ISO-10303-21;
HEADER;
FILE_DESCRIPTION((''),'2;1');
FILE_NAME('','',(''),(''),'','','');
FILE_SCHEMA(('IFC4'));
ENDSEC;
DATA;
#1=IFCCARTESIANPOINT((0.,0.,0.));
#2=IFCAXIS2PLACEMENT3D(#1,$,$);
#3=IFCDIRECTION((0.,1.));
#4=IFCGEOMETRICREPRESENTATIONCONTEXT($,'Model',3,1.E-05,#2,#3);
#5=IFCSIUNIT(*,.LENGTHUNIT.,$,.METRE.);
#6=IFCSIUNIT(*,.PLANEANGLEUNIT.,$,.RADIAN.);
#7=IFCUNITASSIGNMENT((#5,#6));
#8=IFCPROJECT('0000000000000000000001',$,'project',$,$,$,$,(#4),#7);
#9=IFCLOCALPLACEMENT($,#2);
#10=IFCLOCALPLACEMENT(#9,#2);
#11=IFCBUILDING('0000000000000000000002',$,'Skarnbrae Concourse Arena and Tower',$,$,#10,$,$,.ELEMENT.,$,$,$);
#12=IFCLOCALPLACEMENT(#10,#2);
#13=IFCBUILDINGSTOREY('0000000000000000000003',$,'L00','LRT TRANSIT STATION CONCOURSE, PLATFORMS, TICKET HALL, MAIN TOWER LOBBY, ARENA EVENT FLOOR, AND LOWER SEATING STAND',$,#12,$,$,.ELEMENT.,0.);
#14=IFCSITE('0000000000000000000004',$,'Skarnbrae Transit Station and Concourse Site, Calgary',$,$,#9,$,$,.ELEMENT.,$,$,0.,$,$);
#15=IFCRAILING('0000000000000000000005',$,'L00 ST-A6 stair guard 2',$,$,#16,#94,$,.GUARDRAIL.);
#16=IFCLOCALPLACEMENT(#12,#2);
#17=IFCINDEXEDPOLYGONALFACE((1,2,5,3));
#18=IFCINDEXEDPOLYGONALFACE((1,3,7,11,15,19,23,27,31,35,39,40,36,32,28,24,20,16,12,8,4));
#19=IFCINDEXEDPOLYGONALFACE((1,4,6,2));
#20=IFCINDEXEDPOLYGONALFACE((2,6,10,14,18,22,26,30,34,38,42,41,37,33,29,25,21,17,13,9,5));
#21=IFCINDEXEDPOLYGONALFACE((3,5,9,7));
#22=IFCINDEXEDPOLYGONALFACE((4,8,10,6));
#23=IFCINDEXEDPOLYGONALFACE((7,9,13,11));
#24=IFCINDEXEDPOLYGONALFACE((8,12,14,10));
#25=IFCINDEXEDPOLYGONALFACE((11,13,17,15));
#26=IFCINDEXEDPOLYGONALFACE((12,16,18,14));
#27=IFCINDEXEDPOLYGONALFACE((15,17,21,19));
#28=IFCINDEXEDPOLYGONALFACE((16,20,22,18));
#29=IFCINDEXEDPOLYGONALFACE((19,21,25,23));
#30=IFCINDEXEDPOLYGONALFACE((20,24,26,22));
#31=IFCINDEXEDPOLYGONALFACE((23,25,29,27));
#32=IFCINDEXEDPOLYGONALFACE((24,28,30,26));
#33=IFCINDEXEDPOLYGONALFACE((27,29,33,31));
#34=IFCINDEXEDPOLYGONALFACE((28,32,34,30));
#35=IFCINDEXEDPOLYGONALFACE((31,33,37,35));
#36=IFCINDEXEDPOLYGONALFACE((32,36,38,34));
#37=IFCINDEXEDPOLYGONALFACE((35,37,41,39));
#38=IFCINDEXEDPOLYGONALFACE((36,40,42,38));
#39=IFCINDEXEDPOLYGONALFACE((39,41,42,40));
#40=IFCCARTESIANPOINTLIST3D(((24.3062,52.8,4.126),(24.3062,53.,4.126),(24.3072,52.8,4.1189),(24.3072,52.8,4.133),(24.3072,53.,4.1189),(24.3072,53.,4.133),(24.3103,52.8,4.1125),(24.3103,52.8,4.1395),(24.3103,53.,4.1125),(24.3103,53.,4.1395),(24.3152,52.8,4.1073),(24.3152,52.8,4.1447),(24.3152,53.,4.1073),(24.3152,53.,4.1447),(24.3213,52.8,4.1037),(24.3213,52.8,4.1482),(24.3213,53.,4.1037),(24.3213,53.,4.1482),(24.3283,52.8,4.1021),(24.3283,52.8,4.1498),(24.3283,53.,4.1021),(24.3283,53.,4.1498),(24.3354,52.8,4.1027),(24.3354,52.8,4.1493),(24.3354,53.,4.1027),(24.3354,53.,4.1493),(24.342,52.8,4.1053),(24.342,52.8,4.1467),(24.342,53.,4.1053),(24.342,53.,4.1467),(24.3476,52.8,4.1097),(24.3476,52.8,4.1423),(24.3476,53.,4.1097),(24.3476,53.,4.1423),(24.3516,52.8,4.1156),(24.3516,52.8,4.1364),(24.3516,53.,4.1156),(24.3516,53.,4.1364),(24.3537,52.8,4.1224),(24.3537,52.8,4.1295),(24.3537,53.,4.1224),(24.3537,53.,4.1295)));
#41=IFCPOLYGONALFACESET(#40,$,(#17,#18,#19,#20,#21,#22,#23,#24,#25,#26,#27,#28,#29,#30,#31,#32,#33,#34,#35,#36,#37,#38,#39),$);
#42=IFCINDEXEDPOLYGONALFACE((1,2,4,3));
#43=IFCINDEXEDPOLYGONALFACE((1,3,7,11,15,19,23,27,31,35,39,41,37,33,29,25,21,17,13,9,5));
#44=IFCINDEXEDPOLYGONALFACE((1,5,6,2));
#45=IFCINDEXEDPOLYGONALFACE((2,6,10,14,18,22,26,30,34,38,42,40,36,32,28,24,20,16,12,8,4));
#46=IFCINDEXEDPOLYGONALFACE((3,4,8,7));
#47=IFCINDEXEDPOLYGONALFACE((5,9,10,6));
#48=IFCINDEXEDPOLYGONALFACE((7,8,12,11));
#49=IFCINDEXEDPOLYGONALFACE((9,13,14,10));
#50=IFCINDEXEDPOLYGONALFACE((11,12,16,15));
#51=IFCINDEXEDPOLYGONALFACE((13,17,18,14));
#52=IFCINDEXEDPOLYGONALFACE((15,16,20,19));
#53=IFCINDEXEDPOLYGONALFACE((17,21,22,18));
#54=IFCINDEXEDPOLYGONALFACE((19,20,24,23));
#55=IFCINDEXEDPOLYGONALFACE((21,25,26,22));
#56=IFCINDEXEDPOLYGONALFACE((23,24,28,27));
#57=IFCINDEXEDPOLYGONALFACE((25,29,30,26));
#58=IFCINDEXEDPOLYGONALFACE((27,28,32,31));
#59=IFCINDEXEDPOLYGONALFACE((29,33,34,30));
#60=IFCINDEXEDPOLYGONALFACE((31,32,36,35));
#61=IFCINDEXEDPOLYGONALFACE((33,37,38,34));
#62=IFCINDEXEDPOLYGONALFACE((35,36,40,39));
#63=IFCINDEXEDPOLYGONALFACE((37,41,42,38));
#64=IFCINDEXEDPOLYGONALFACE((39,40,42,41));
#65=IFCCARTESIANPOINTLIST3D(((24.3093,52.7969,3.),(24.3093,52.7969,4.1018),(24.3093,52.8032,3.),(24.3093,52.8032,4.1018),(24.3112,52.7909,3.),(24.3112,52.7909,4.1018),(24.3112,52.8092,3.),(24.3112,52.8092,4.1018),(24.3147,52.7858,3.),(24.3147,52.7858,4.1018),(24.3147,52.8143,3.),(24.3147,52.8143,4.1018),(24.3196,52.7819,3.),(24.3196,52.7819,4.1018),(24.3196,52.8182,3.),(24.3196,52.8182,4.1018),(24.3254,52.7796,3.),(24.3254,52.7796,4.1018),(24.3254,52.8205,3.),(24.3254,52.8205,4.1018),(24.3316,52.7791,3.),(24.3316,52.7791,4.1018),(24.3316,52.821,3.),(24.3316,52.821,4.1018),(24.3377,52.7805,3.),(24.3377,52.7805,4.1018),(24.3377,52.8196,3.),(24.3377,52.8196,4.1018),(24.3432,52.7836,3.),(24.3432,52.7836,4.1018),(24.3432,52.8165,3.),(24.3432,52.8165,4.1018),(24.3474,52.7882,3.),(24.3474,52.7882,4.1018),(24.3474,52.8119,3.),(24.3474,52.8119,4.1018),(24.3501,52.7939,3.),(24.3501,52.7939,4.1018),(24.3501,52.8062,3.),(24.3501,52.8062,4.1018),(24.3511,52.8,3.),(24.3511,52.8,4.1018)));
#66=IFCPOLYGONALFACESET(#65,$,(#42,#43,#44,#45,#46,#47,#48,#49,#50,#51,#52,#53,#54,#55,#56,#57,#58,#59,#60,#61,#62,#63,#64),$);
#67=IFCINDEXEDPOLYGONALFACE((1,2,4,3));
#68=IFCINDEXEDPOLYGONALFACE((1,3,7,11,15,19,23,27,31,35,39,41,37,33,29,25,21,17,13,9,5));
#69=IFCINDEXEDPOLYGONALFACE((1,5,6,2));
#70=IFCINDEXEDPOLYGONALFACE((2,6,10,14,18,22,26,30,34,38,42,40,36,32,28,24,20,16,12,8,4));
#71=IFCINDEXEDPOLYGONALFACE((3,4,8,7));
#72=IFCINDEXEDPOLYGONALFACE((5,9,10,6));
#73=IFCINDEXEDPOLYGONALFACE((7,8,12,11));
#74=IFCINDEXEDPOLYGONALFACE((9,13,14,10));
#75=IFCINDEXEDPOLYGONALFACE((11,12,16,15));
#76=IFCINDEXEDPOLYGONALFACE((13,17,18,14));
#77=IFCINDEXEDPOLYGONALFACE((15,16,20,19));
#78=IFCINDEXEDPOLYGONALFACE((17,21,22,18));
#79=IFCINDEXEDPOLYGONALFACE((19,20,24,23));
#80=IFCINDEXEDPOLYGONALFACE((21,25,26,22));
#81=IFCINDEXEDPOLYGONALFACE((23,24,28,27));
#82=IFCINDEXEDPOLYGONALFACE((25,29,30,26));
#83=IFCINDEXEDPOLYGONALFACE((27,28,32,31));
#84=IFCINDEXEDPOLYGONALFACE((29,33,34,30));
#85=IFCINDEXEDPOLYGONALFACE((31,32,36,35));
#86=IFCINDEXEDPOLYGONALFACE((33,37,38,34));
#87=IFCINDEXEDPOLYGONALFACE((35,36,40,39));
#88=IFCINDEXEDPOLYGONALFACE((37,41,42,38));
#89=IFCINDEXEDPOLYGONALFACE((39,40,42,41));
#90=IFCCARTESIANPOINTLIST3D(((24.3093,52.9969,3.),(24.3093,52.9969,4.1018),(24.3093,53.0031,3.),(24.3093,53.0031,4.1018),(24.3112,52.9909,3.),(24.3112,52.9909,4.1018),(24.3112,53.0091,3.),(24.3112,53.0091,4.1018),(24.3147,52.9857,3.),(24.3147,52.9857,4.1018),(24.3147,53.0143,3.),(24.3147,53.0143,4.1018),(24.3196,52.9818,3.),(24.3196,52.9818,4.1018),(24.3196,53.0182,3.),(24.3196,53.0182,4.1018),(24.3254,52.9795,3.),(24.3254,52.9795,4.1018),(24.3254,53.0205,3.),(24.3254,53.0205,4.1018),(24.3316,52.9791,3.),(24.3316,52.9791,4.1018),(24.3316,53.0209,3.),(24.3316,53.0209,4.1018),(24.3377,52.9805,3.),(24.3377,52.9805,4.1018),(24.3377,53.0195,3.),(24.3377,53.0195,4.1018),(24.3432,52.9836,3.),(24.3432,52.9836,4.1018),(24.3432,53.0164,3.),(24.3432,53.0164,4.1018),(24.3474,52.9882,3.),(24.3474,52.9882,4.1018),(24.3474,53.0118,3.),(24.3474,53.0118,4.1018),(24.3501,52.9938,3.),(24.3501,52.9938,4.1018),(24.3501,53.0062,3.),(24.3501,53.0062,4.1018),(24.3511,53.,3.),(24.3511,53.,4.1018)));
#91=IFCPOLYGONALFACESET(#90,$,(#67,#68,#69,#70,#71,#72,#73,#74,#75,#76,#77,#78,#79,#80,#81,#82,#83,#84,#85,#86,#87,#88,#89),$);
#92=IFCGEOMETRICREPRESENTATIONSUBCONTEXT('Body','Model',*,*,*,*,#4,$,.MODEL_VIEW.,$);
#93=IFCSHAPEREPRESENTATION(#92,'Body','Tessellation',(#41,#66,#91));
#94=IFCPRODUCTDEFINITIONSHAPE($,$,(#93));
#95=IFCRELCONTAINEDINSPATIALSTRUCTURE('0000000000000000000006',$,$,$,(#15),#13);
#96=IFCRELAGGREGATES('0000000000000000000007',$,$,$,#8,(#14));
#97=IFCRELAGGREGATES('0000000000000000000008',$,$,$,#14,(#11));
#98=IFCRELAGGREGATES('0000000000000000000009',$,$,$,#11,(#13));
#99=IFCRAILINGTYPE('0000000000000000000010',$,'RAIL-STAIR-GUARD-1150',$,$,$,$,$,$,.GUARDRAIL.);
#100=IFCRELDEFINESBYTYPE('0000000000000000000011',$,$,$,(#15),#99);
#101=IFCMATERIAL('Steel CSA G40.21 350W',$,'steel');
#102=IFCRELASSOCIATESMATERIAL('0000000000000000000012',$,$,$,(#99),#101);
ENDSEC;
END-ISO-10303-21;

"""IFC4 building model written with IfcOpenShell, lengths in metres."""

from ifc_helpers import new_model, si_unit, direction, frame, origin, origin_2d, place, context, subcontext, project, spatial, circle, extrude, material, type_object, element, save


model = new_model("IFC4")

# Units and contexts
model_context = context("Model", 3, precision=1e-05, world=origin(), true_north=direction((0.0, 1.0)))
body_context = subcontext(model_context, "Body", "Model", "MODEL_VIEW")
ifc_project = project(units=[si_unit("LENGTHUNIT", "METRE"), si_unit("PLANEANGLEUNIT", "RADIAN")], contexts=[model_context])

# Site, building, storey
site_placement = place(None, origin())
site = spatial("IfcSite", under=ifc_project, at=site_placement, Name="Skarnbrae Transit Station and Concourse Site, Calgary", CompositionType="ELEMENT", RefElevation=0.0)
building_placement = place(site_placement, origin())
building = spatial("IfcBuilding", under=site, at=building_placement, Name="Skarnbrae Concourse Arena and Tower", CompositionType="ELEMENT")
storey_placement = place(building_placement, origin())
storey = spatial("IfcBuildingStorey", under=building, at=storey_placement, Name="L00", Description="LRT TRANSIT STATION CONCOURSE, PLATFORMS, TICKET HALL, MAIN TOWER LOBBY, ARENA EVENT FLOOR, AND LOWER SEATING STAND", CompositionType="ELEMENT", Elevation=0.0)

# Shared definitions
ifc_material_1 = material(Name="Steel CSA G40.21 350W", Category="steel")

# Railing
railing_type_1 = type_object("IfcRailingType", Name="RAIL-STAIR-GUARD-1150", PredefinedType="GUARDRAIL", material=ifc_material_1)
railing_1_placement = place(storey_placement, frame((24.3301, 52.8, 3.0)))
element("IfcRailing", 1, at=railing_1_placement, inside=storey, type_object=railing_type_1, Name="L00 ST-A6 stair guard 2", PredefinedType="GUARDRAIL", context=body_context, shape_type="SweptSolid", body=[
    extrude(circle(Radius=0.0239, at=origin_2d()), frame((0.0, 0.0, 1.126), z_axis=(0.0, 1.0, 0.0), x_axis=(-1.0, 0.0, 0.0)), (0.0, 0.0, 1.0), 0.2),
    extrude(circle(Radius=0.021, at=origin_2d()), origin(), (0.0, 0.0, 1.0), 1.1018),
    extrude(circle(Radius=0.021, at=origin_2d()), frame((0.0, 0.2, 0.0)), (0.0, 0.0, 1.0), 1.1018),
])

save(model, "model.ifc")
